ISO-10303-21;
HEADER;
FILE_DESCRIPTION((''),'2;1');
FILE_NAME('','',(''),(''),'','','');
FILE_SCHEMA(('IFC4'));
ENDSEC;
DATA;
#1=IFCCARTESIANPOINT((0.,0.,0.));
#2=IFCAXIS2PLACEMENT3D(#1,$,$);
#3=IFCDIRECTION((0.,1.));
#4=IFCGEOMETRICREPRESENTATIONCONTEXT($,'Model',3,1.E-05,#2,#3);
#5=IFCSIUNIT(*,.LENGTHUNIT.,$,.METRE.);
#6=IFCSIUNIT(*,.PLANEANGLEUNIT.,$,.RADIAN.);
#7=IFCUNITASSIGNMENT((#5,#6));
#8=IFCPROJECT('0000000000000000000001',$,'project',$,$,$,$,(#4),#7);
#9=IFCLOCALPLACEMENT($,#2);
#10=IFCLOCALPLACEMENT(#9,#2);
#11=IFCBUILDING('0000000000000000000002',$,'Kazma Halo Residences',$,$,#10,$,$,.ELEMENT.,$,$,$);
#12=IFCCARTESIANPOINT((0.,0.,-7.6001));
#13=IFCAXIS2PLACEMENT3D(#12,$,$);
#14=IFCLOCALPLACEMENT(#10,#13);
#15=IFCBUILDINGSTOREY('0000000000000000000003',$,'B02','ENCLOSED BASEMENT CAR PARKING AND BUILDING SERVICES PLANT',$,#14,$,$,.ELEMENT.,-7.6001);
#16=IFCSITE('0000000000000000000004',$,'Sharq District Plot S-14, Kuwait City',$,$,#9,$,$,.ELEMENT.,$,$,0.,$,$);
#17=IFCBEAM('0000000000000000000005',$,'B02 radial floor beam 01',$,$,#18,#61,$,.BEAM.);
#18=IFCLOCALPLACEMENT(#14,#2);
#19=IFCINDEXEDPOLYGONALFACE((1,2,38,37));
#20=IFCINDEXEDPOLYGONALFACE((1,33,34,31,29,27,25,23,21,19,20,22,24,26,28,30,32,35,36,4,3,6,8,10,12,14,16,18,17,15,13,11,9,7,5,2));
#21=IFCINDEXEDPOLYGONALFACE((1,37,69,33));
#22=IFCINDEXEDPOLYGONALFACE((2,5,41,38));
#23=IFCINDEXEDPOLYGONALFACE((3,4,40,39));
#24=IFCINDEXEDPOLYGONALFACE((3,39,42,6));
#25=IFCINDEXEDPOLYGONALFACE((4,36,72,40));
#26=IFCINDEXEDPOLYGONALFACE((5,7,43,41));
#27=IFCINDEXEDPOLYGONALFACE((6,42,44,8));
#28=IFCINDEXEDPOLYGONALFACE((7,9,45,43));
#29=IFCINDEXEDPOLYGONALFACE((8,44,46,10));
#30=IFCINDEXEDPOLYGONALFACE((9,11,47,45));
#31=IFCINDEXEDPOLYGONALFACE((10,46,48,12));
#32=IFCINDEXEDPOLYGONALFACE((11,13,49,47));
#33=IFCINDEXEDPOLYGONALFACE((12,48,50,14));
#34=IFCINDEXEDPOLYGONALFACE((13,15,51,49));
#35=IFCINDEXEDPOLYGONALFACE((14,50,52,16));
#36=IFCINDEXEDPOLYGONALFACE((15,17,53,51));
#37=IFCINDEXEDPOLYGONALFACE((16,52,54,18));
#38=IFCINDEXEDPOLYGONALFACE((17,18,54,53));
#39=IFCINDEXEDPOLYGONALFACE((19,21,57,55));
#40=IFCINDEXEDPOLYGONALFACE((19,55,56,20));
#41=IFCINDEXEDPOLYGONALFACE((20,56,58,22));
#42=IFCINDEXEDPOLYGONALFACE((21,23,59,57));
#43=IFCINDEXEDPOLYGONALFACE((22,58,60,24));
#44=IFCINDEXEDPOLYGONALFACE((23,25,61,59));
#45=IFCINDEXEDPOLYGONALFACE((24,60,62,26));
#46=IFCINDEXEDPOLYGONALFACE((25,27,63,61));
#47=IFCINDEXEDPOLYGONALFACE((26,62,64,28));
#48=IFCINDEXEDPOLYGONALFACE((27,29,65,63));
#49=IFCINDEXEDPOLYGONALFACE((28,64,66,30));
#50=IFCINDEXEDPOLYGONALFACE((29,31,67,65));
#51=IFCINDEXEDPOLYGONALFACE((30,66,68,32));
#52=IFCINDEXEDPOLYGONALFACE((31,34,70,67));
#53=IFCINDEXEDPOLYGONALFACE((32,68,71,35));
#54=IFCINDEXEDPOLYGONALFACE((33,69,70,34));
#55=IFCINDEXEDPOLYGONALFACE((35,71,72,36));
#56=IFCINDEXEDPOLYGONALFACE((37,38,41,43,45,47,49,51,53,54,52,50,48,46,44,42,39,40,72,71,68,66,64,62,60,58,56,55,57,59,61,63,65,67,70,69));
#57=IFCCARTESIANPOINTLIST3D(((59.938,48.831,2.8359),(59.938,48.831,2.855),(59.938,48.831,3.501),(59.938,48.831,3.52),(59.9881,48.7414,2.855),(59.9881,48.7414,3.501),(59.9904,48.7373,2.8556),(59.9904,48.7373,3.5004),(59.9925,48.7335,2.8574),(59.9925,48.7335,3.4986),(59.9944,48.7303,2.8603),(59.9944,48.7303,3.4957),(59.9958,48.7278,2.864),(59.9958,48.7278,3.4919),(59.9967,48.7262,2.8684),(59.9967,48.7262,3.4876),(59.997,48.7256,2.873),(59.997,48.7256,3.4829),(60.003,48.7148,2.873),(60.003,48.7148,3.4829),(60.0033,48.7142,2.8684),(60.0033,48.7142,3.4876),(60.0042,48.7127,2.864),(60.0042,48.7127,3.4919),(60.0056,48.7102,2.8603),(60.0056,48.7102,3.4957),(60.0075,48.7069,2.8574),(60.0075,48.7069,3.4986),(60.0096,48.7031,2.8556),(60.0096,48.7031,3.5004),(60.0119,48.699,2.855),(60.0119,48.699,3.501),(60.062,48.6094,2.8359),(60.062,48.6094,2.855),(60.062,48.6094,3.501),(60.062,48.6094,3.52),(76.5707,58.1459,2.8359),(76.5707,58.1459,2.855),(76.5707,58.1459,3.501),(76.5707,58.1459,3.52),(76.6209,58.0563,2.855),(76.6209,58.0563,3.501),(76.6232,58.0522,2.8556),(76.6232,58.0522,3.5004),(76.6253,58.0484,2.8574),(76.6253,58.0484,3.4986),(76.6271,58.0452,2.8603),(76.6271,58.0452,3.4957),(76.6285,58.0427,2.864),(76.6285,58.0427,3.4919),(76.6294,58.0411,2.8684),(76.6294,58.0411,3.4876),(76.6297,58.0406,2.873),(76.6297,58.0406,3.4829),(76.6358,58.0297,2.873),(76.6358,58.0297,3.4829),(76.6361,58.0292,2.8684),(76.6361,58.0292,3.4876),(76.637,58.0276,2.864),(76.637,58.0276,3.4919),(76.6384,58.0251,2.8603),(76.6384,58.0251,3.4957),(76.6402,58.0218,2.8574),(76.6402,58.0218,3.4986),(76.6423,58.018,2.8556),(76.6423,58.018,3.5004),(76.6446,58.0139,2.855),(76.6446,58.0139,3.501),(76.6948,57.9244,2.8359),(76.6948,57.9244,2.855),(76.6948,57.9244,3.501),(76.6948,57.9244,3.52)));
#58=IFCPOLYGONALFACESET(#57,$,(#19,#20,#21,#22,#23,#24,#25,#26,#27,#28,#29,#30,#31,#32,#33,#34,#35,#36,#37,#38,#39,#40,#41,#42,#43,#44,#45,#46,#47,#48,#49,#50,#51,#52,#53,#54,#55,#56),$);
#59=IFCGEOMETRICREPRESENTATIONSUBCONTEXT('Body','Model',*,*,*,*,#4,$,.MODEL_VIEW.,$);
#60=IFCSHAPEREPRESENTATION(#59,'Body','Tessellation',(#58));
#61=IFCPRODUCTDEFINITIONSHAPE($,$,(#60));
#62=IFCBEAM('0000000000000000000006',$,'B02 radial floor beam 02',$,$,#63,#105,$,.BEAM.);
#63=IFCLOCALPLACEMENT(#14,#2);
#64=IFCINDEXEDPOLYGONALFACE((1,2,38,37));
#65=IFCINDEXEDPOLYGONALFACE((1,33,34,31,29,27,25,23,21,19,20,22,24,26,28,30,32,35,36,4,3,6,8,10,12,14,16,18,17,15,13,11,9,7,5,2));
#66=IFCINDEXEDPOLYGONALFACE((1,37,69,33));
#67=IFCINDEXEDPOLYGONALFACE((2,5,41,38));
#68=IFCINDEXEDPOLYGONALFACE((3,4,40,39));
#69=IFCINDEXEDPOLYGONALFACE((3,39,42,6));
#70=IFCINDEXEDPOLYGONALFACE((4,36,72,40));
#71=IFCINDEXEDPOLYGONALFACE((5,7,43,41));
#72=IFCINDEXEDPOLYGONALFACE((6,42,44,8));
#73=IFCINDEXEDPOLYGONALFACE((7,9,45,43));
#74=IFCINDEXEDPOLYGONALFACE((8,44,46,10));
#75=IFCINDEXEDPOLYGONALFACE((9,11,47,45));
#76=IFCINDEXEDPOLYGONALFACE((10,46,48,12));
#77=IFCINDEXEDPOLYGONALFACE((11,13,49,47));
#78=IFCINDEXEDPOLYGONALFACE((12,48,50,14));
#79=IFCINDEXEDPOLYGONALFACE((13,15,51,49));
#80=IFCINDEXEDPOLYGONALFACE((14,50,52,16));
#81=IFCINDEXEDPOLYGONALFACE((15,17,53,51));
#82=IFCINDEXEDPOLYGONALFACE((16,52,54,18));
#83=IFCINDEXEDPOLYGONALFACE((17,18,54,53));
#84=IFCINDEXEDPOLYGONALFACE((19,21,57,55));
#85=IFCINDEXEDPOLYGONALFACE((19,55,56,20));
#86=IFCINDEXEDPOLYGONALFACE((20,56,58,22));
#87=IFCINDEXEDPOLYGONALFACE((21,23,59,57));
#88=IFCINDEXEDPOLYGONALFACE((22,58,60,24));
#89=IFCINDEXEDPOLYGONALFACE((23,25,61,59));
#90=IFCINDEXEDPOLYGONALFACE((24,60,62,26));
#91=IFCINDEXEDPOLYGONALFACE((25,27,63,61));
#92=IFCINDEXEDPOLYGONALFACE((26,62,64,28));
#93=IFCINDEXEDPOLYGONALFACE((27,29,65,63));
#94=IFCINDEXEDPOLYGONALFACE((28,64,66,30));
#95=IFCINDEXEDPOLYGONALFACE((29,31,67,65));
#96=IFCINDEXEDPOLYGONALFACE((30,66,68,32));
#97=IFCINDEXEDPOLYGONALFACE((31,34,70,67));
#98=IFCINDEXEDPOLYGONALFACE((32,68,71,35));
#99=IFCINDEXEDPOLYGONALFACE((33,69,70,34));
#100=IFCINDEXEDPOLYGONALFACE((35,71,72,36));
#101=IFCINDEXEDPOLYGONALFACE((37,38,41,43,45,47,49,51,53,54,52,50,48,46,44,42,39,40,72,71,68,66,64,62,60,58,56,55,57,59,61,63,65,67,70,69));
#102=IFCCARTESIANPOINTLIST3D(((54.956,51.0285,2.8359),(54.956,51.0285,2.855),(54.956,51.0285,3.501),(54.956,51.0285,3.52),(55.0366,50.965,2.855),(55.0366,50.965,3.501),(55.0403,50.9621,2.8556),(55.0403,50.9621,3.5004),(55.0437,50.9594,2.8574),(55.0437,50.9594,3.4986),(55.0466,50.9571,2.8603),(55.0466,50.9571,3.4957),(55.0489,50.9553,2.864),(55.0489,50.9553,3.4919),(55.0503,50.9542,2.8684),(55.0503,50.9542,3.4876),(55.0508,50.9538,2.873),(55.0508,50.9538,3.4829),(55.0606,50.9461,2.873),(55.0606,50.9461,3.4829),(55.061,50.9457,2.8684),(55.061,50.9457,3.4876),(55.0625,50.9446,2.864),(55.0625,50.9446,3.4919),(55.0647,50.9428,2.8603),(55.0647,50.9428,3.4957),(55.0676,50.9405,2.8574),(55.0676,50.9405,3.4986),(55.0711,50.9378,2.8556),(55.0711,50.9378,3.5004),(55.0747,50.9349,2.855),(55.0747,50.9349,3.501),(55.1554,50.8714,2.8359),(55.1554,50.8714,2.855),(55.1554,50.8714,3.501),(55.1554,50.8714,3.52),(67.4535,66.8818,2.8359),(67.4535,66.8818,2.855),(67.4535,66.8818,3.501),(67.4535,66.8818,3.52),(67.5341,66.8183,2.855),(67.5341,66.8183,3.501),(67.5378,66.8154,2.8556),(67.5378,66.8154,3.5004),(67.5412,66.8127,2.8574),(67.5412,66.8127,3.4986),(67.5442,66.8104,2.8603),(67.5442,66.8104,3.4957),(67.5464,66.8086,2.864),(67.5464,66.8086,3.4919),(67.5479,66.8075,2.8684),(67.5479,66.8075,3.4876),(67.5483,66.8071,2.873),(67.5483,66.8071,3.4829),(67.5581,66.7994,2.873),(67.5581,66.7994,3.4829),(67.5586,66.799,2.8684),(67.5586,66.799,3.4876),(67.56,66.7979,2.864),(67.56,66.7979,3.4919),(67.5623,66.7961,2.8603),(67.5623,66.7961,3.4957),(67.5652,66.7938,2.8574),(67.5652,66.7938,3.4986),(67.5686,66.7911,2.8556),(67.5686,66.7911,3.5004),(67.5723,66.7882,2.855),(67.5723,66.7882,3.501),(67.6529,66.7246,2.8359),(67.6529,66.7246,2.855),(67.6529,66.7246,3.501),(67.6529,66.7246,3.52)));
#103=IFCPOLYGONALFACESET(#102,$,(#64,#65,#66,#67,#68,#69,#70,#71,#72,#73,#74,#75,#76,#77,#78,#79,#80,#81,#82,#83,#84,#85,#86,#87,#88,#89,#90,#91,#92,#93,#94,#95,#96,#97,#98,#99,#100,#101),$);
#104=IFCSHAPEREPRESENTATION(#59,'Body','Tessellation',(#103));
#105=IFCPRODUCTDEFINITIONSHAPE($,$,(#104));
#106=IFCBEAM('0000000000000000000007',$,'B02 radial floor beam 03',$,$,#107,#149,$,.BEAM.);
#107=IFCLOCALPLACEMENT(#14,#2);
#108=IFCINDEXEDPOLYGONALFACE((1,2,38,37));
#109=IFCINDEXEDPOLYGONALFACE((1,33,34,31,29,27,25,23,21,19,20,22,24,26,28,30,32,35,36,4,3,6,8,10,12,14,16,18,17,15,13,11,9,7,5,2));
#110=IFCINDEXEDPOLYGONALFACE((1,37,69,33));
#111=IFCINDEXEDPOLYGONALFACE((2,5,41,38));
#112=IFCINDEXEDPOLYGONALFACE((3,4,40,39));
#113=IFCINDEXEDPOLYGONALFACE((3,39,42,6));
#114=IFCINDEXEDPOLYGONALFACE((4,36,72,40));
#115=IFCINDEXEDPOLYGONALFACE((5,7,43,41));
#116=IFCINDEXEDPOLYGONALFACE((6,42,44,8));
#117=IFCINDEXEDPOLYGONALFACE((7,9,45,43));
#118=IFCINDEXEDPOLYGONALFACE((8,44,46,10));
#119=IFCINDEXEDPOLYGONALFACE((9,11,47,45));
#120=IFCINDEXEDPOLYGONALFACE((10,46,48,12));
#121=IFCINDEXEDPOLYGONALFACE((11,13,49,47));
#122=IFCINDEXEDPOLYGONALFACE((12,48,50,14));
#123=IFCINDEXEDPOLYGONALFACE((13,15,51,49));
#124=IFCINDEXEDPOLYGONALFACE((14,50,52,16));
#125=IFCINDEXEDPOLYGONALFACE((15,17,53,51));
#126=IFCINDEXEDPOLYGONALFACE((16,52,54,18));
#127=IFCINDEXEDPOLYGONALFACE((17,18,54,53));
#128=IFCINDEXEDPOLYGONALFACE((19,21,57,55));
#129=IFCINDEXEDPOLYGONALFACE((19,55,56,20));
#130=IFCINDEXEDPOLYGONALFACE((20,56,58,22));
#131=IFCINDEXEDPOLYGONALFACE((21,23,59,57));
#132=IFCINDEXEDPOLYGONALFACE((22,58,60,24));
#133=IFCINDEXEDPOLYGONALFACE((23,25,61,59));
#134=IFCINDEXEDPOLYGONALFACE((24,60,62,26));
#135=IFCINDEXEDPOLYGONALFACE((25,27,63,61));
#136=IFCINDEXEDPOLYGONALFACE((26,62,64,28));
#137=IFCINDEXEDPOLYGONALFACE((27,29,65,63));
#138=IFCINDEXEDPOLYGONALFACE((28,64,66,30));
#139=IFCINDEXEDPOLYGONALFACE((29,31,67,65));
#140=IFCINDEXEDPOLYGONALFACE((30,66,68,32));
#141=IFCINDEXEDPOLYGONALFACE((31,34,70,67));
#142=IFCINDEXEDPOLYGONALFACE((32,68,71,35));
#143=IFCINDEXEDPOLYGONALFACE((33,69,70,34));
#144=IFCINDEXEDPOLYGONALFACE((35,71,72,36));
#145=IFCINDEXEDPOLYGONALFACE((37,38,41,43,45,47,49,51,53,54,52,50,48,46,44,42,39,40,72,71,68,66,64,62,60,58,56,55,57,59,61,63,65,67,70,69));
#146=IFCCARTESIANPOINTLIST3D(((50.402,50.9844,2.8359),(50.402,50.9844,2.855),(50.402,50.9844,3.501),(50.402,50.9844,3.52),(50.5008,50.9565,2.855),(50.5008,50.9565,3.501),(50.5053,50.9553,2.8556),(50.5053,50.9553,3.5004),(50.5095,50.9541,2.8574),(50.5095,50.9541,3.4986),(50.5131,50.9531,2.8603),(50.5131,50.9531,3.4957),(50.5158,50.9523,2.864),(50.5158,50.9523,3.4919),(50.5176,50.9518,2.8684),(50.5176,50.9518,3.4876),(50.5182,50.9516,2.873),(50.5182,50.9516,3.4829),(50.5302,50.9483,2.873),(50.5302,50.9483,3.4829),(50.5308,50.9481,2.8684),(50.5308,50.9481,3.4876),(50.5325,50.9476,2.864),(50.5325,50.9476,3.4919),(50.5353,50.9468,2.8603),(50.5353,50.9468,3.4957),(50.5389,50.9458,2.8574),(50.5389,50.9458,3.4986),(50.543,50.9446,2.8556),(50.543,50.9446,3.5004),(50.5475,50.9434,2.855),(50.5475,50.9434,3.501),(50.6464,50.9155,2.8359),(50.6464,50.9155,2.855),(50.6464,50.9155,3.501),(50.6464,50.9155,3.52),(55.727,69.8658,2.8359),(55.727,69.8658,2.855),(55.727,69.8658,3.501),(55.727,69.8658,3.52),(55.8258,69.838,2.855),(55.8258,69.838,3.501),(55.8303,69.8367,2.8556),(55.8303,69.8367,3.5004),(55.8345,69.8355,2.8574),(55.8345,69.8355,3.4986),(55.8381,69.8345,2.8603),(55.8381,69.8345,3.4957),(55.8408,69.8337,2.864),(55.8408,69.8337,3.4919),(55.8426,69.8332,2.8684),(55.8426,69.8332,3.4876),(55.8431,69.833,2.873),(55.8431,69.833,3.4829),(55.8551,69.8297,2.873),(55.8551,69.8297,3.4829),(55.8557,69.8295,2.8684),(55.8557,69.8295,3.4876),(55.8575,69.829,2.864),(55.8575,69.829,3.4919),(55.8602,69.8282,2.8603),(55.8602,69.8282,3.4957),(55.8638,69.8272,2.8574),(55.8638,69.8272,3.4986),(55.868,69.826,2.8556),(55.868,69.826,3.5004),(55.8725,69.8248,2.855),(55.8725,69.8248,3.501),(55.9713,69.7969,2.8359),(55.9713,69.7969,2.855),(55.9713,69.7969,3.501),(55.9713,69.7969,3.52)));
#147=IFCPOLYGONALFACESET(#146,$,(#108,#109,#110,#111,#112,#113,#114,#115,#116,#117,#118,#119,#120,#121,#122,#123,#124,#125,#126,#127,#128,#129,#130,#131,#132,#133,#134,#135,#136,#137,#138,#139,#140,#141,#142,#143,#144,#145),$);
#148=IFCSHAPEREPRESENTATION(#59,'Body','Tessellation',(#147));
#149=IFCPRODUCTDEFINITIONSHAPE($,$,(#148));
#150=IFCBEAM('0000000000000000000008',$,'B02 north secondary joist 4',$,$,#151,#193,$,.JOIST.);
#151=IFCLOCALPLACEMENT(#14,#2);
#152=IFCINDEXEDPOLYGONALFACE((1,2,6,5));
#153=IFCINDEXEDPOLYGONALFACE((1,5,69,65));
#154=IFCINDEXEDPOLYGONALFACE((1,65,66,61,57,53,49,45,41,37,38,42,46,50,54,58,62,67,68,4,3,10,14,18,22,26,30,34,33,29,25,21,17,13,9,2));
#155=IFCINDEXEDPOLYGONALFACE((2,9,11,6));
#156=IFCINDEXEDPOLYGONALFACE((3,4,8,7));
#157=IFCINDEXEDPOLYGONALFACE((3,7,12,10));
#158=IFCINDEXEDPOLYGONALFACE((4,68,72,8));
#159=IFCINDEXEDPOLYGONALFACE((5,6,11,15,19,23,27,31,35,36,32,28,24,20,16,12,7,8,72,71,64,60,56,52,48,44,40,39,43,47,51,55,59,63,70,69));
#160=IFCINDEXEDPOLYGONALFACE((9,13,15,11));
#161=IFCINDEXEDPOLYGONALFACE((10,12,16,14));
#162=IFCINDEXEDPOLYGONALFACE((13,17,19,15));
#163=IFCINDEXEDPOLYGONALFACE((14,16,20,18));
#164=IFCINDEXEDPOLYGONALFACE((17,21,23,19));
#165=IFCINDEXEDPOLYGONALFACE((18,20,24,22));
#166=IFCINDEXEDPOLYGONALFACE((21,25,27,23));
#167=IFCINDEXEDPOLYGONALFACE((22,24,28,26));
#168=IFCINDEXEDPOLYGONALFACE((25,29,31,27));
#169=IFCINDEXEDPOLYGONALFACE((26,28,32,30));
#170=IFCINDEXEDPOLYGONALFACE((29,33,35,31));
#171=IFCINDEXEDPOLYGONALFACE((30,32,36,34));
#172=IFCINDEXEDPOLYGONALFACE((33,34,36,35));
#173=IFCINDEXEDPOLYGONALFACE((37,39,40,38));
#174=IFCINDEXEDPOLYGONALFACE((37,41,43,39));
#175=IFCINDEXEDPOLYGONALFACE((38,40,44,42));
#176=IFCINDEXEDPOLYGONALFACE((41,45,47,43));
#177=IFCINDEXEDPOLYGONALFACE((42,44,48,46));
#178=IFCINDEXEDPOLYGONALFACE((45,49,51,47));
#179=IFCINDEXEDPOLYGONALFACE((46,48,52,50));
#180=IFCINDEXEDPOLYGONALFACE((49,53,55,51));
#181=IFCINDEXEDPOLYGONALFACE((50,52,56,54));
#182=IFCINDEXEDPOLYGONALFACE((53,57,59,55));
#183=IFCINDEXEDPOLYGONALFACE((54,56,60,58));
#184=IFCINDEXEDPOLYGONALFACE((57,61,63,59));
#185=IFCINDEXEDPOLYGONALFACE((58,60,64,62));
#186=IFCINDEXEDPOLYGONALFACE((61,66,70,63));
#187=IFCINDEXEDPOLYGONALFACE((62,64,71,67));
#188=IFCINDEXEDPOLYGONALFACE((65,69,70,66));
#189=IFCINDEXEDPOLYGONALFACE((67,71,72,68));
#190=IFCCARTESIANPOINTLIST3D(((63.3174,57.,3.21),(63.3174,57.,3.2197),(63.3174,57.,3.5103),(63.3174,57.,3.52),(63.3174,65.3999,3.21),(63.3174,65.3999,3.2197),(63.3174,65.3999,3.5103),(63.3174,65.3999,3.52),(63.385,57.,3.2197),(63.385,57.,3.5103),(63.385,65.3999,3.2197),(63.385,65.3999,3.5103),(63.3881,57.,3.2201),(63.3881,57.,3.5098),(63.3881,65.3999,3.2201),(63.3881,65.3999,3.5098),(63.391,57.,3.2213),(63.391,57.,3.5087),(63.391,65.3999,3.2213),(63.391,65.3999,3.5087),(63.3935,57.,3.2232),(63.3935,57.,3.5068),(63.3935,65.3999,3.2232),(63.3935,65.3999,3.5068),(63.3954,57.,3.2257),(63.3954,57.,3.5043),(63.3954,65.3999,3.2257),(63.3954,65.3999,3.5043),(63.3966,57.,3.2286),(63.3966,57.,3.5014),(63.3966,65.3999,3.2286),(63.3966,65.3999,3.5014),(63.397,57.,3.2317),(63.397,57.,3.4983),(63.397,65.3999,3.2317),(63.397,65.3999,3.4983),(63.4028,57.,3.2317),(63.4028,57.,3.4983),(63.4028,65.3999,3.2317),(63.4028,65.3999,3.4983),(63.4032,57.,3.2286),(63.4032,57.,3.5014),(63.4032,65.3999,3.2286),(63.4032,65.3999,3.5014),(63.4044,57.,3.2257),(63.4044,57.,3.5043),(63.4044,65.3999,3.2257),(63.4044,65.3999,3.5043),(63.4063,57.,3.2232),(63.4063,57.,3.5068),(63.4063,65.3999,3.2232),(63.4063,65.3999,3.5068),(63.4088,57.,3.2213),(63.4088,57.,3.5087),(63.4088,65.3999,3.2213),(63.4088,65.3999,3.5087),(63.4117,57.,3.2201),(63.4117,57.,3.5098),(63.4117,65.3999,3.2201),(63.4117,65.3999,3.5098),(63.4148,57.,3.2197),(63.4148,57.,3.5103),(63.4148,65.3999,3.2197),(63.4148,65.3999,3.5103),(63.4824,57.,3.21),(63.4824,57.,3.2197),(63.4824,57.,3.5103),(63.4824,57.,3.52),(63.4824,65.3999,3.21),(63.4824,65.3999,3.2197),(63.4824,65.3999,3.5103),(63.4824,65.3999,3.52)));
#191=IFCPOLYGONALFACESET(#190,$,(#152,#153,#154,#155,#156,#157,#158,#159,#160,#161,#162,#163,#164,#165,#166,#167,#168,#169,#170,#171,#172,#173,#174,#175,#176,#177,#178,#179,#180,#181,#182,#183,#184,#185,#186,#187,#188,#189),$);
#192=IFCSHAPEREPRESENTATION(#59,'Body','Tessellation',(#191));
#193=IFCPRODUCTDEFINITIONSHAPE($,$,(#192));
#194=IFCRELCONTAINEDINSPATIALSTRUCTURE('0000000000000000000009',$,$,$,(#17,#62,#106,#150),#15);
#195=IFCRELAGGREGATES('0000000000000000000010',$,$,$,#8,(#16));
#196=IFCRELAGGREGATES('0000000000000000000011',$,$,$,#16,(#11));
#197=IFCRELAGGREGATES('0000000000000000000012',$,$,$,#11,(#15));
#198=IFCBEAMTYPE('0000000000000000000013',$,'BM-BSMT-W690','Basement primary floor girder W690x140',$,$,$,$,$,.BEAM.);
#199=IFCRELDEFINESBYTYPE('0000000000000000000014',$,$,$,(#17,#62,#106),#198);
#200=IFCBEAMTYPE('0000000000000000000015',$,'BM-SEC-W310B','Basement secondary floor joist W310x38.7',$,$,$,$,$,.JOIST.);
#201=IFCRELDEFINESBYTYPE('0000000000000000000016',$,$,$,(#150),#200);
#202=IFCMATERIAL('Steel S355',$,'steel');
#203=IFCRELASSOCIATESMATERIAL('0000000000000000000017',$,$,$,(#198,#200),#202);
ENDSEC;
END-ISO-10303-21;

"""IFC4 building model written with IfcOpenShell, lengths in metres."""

from ifc_helpers import new_model, si_unit, direction, frame, origin, origin_2d, place, context, subcontext, project, spatial, i_section, extrude, material, material_profile, profile_set, type_object, element, save


model = new_model("IFC4")

# Units and contexts
model_context = context("Model", 3, precision=1e-05, world=origin(), true_north=direction((0.0, 1.0)))
body_context = subcontext(model_context, "Body", "Model", "MODEL_VIEW")
ifc_project = project(units=[si_unit("LENGTHUNIT", "METRE"), si_unit("PLANEANGLEUNIT", "RADIAN")], contexts=[model_context])

# Site, building, storey
site_placement = place(None, origin())
site = spatial("IfcSite", under=ifc_project, at=site_placement, Name="Sharq District Plot S-14, Kuwait City", CompositionType="ELEMENT", RefElevation=0.0)
building_placement = place(site_placement, origin())
building = spatial("IfcBuilding", under=site, at=building_placement, Name="Kazma Halo Residences", CompositionType="ELEMENT")
storey_placement = place(building_placement, frame((0.0, 0.0, -7.6001)))
storey = spatial("IfcBuildingStorey", under=building, at=storey_placement, Name="B02", Description="ENCLOSED BASEMENT CAR PARKING AND BUILDING SERVICES PLANT", CompositionType="ELEMENT", Elevation=-7.6001)

# Beams
ifc_material_1 = material(Name="Steel S355", Category="steel")
ifc_material_profile_1 = material_profile(ifc_material_1, i_section(OverallWidth=0.2539, OverallDepth=0.6841, WebThickness=0.0125, FlangeThickness=0.019, FilletRadius=0.0181, at=origin_2d()), Name="W690x140")
ifc_profile_set_1 = profile_set([ifc_material_profile_1], Name="Steel S355")
beam_type_1 = type_object("IfcBeamType", Name="BM-BSMT-W690", Description="Basement primary floor girder W690x140", PredefinedType="BEAM", material=ifc_profile_set_1)
beam_1_placement = place(storey_placement, frame((60.0, 48.7202, 3.178), z_axis=(0.872493, 0.488626, 0.0), x_axis=(-0.488626, 0.872493, 0.0)))
element("IfcBeam", 1, at=beam_1_placement, inside=storey, type_object=beam_type_1, Name="B02 radial floor beam 01", PredefinedType="BEAM", context=body_context, shape_type="SweptSolid", body=[
    extrude(i_section(OverallWidth=0.2539, OverallDepth=0.6841, WebThickness=0.0125, FlangeThickness=0.019, FilletRadius=0.0181, at=origin_2d()), origin(), (0.0, 0.0, 1.0), 19.0635),
])
beam_2_placement = place(storey_placement, frame((55.0557, 50.95, 3.178), z_axis=(0.619089, 0.785321, 0.0), x_axis=(-0.785321, 0.619089, 0.0)))
element("IfcBeam", 2, at=beam_2_placement, inside=storey, type_object=beam_type_1, Name="B02 radial floor beam 02", PredefinedType="BEAM", context=body_context, shape_type="SweptSolid", body=[
    extrude(i_section(OverallWidth=0.2539, OverallDepth=0.6841, WebThickness=0.0125, FlangeThickness=0.019, FilletRadius=0.0181, at=origin_2d()), origin(), (0.0, 0.0, 1.0), 20.187),
])
beam_3_placement = place(storey_placement, frame((50.5242, 50.95, 3.178), z_axis=(0.271434, 0.962457, 0.0), x_axis=(-0.962457, 0.271434, 0.0)))
element("IfcBeam", 3, at=beam_3_placement, inside=storey, type_object=beam_type_1, Name="B02 radial floor beam 03", PredefinedType="BEAM", context=body_context, shape_type="SweptSolid", body=[
    extrude(i_section(OverallWidth=0.2539, OverallDepth=0.6841, WebThickness=0.0125, FlangeThickness=0.019, FilletRadius=0.0181, at=origin_2d()), origin(), (0.0, 0.0, 1.0), 19.6179),
])
ifc_material_profile_2 = material_profile(ifc_material_1, i_section(OverallWidth=0.165, OverallDepth=0.3101, WebThickness=0.0059, FlangeThickness=0.0098, FilletRadius=0.012, at=origin_2d()), Name="W310x38.7")
ifc_profile_set_2 = profile_set([ifc_material_profile_2], Name="Steel S355")
beam_type_2 = type_object("IfcBeamType", Name="BM-SEC-W310B", Description="Basement secondary floor joist W310x38.7", PredefinedType="JOIST", material=ifc_profile_set_2)
beam_4_placement = place(storey_placement, frame((63.3999, 57.0, 3.365), z_axis=(0.0, 1.0, 0.0), x_axis=(-1.0, 0.0, 0.0)))
element("IfcBeam", 4, at=beam_4_placement, inside=storey, type_object=beam_type_2, Name="B02 north secondary joist 4", PredefinedType="JOIST", context=body_context, shape_type="SweptSolid", body=[
    extrude(i_section(OverallWidth=0.165, OverallDepth=0.3101, WebThickness=0.0059, FlangeThickness=0.0098, FilletRadius=0.012, at=origin_2d()), origin(), (0.0, 0.0, 1.0), 8.3999),
])

save(model, "model.ifc")
